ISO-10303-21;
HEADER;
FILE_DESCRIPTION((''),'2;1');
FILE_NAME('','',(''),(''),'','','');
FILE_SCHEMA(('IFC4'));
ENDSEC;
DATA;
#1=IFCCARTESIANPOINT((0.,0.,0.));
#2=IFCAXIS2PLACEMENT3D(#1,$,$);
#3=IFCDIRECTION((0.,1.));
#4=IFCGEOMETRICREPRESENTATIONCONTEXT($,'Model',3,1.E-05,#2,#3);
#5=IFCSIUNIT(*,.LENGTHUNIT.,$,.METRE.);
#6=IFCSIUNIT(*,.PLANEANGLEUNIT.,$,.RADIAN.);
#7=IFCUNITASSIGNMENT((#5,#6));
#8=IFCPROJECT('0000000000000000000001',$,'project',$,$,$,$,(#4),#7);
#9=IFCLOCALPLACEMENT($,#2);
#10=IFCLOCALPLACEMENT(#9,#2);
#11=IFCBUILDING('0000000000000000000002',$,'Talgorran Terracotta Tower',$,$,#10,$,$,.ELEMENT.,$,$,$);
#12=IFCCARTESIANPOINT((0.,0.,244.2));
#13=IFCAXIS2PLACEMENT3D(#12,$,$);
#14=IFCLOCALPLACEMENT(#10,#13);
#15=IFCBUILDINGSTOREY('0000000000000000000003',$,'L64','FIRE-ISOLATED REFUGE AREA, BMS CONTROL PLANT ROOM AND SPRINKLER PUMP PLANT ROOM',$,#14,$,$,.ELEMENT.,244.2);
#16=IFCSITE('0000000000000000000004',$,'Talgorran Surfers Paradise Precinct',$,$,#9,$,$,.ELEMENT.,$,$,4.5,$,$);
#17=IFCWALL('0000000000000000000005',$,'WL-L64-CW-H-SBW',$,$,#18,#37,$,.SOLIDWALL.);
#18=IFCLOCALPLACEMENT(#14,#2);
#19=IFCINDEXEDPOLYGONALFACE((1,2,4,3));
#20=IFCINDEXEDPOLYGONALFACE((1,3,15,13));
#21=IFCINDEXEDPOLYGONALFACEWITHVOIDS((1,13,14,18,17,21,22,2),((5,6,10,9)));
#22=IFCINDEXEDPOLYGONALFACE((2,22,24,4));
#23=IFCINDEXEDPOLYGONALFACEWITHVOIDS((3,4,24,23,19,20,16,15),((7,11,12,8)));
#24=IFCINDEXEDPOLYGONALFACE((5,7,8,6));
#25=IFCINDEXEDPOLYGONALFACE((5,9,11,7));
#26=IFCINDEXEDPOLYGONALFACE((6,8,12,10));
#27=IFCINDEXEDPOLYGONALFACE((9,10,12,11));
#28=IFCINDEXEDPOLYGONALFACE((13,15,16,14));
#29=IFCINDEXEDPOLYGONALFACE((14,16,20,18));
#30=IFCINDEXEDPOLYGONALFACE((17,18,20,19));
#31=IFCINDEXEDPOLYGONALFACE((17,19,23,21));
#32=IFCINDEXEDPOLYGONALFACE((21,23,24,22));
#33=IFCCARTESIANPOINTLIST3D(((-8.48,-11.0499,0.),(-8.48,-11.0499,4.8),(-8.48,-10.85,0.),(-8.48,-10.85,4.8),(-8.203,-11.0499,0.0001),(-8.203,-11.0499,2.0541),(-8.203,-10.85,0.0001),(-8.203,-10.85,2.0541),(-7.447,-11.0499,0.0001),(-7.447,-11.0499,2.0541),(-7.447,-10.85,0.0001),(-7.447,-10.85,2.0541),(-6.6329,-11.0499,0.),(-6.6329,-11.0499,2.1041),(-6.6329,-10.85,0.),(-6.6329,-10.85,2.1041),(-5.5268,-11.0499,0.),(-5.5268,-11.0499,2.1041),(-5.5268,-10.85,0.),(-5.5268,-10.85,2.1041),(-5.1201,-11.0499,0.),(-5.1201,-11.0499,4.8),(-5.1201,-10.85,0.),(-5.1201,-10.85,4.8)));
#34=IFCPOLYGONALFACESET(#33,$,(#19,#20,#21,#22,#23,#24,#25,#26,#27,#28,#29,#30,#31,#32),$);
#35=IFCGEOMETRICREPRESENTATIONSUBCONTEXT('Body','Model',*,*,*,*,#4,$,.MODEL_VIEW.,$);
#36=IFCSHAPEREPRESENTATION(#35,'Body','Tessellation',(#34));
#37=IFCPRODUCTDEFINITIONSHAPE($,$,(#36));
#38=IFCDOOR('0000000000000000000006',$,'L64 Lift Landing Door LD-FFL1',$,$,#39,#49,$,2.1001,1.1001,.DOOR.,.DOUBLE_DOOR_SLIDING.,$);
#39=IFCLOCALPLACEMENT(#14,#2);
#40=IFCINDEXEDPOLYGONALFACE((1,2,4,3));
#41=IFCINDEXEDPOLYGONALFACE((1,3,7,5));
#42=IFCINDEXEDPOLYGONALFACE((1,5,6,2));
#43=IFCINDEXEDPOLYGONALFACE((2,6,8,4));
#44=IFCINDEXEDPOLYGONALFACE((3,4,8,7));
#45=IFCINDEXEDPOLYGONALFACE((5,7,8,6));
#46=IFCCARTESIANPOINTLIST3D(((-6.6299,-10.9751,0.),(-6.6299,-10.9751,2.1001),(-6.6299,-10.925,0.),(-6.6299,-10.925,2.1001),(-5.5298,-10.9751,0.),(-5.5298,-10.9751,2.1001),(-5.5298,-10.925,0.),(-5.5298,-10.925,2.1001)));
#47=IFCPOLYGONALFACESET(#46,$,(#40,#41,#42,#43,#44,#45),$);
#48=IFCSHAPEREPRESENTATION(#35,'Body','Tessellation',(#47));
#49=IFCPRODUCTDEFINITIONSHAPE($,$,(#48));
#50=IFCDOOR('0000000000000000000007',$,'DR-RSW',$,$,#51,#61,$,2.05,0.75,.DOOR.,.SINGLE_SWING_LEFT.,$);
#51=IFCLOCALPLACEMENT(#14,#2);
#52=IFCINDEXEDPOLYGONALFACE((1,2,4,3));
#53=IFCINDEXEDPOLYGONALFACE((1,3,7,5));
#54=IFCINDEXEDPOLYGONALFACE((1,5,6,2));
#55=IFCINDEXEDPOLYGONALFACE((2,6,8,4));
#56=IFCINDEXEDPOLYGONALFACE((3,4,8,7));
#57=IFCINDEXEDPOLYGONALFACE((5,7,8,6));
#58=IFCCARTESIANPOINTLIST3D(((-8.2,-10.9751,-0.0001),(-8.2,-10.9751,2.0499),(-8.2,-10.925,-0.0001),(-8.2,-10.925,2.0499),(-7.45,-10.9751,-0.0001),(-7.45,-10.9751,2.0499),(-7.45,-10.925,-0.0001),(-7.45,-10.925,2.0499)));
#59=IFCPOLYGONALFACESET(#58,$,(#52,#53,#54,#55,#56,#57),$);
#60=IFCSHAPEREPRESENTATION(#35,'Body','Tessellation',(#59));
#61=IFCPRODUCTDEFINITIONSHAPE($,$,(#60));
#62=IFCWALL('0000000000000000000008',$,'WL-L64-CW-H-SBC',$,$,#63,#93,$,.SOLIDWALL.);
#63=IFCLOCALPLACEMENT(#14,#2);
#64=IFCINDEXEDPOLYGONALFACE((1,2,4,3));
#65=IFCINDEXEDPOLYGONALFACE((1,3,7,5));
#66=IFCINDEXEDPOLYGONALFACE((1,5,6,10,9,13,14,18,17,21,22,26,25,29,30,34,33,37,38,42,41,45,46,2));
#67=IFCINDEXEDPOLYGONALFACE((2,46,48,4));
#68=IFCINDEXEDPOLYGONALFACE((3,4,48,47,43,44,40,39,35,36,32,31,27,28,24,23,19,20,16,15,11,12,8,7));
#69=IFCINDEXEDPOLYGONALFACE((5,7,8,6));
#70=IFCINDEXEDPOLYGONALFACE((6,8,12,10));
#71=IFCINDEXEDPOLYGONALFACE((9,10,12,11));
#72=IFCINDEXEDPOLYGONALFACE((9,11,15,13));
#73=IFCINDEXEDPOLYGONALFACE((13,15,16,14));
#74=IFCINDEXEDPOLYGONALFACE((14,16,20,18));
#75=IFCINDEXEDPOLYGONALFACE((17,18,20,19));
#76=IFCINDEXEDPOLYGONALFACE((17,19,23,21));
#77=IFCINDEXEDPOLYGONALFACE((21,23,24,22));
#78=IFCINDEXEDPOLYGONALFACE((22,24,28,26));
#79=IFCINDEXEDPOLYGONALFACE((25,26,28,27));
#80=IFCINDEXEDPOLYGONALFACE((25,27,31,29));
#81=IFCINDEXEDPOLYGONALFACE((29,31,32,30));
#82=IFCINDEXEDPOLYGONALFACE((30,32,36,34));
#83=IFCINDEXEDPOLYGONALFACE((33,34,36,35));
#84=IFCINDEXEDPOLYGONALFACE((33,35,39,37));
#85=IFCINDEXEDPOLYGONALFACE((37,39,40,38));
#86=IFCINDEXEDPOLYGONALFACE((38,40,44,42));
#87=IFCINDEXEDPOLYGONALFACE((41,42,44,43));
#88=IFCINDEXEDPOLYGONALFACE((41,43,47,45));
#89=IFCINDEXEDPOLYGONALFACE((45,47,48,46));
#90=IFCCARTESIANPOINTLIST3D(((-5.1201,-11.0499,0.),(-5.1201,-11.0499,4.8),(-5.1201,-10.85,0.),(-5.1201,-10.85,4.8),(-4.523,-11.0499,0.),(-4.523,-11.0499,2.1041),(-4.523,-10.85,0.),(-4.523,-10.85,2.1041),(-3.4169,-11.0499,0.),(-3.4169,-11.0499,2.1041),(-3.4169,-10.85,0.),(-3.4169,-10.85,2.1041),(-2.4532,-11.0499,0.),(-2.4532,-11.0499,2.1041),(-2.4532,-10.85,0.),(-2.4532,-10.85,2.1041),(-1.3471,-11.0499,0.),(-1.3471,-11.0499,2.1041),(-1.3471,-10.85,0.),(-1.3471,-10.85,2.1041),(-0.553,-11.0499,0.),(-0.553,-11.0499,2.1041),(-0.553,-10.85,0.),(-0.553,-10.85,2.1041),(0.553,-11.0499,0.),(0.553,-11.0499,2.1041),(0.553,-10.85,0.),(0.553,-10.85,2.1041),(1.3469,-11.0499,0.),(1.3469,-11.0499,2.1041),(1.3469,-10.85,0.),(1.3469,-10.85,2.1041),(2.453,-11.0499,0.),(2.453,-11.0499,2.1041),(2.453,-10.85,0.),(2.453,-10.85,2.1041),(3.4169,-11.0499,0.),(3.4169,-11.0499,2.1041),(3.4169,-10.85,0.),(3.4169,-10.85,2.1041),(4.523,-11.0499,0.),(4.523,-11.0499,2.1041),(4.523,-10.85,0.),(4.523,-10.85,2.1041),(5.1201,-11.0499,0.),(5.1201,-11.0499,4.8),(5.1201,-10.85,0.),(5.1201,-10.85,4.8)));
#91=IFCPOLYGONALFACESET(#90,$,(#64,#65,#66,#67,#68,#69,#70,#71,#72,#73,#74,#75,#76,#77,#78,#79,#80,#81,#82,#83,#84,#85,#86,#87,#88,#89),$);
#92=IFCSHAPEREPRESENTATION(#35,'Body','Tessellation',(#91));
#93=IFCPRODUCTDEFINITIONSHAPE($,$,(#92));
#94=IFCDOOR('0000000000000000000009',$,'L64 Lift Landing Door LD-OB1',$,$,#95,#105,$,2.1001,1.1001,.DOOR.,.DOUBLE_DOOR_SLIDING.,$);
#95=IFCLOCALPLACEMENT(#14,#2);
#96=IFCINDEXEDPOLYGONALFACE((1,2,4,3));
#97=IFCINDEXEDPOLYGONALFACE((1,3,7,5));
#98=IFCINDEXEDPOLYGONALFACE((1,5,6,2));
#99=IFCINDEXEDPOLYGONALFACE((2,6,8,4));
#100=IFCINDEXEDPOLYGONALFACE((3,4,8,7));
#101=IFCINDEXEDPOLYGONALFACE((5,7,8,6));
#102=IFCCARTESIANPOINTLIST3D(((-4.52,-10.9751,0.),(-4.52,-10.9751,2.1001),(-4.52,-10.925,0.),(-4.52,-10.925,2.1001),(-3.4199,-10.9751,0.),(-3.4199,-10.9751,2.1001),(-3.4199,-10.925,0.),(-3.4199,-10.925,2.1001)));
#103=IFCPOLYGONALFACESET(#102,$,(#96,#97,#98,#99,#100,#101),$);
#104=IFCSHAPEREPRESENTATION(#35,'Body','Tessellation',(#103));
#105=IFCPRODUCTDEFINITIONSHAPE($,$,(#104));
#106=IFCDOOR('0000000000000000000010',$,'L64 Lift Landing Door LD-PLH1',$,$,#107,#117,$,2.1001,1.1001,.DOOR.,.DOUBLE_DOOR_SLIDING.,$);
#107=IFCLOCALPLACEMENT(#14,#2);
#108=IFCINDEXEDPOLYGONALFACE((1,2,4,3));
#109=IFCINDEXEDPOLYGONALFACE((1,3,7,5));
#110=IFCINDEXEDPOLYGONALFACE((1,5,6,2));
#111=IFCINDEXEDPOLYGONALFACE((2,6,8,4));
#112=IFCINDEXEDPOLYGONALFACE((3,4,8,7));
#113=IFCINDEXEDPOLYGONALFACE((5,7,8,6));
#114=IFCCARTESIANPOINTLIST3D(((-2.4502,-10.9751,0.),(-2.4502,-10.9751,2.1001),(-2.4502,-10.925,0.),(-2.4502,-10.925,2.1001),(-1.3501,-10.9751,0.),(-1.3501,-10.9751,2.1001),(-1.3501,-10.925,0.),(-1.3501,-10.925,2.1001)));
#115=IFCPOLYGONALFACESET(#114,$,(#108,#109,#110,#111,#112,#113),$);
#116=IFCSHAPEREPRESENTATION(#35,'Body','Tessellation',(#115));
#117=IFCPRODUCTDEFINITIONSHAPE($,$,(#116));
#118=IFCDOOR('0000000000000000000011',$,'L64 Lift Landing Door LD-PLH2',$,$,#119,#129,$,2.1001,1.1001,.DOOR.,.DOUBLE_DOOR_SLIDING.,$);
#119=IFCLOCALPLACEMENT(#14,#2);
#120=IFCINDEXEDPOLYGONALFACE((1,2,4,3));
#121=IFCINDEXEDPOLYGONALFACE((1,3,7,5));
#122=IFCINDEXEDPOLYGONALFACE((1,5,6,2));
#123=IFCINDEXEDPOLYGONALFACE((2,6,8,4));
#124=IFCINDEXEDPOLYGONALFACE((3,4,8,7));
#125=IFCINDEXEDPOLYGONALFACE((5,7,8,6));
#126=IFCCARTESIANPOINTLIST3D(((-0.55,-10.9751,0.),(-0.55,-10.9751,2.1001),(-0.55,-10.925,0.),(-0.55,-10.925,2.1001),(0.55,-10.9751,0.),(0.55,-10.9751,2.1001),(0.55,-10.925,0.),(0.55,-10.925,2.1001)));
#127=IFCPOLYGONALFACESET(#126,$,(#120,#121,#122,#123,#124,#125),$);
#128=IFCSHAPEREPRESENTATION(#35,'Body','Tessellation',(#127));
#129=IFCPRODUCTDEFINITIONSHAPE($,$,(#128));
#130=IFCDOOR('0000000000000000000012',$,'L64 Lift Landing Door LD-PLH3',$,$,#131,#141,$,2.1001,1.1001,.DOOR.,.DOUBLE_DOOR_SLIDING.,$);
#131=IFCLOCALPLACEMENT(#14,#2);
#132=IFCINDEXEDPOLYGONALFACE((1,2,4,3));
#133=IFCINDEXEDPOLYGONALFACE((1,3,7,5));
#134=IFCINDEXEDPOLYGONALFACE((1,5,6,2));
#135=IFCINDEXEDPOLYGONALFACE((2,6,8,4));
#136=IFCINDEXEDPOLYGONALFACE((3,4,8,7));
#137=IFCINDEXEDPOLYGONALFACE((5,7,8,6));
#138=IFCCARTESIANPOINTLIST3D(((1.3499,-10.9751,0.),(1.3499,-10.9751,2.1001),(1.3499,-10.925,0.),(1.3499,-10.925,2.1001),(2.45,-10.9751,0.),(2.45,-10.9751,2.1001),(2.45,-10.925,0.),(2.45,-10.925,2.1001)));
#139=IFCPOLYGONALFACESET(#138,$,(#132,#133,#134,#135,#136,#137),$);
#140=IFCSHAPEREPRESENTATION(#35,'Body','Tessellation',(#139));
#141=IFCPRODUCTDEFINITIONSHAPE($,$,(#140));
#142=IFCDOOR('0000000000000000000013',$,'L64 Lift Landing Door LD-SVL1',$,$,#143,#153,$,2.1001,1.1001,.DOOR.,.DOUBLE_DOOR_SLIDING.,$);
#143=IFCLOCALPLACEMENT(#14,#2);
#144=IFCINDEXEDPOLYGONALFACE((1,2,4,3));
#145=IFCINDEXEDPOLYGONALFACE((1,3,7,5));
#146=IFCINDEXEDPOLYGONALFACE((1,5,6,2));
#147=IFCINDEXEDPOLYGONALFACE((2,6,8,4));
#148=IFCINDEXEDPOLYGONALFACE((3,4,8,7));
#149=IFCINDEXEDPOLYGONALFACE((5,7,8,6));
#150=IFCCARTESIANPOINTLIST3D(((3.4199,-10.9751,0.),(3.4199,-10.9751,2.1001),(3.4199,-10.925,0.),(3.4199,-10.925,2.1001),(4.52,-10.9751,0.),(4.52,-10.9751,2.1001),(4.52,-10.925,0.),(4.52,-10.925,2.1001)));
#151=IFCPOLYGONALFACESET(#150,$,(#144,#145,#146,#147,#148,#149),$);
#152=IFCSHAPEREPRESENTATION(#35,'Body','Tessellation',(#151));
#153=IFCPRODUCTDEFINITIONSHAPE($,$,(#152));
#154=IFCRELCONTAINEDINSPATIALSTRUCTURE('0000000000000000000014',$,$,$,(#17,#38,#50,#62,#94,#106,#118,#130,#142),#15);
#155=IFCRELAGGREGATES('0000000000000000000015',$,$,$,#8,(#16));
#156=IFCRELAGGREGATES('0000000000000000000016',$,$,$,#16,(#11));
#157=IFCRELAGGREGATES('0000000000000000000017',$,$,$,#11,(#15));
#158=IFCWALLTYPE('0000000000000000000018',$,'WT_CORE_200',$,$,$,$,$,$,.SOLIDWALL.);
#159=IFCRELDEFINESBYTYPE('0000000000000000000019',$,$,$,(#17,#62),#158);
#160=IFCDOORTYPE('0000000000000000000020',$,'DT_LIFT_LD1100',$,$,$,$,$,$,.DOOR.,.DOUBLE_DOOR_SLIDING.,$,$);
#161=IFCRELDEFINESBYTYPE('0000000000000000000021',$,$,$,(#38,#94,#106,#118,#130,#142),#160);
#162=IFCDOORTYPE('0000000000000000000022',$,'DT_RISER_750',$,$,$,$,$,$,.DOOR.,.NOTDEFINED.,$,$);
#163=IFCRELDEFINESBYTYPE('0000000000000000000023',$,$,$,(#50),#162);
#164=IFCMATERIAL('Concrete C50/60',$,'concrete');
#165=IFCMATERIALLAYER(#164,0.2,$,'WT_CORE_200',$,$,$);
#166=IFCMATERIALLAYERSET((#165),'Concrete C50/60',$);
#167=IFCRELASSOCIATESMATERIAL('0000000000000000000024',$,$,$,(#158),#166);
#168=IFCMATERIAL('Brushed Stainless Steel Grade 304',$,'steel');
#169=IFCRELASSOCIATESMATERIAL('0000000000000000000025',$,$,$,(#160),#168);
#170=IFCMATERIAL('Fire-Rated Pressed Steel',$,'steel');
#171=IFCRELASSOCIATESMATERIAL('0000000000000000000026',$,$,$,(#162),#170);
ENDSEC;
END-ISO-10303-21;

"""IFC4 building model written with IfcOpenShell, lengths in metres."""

from ifc_helpers import new_model, si_unit, direction, frame, frame_2d, origin, place, context, subcontext, project, spatial, rectangle, extrude, material, layer, layer_set, type_object, element, fill, save


model = new_model("IFC4")

# Units and contexts
model_context = context("Model", 3, precision=1e-05, world=origin(), true_north=direction((0.0, 1.0)))
body_context = subcontext(model_context, "Body", "Model", "MODEL_VIEW")
ifc_project = project(units=[si_unit("LENGTHUNIT", "METRE"), si_unit("PLANEANGLEUNIT", "RADIAN")], contexts=[model_context])

# Site, building, storey
site_placement = place(None, origin())
site = spatial("IfcSite", under=ifc_project, at=site_placement, Name="Talgorran Surfers Paradise Precinct", CompositionType="ELEMENT", RefElevation=4.5)
building_placement = place(site_placement, origin())
building = spatial("IfcBuilding", under=site, at=building_placement, Name="Talgorran Terracotta Tower", CompositionType="ELEMENT")
storey_placement = place(building_placement, frame((0.0, 0.0, 244.2)))
storey = spatial("IfcBuildingStorey", under=building, at=storey_placement, Name="L64", Description="FIRE-ISOLATED REFUGE AREA, BMS CONTROL PLANT ROOM AND SPRINKLER PUMP PLANT ROOM", CompositionType="ELEMENT", Elevation=244.2)

# Shared definitions
ifc_material_1 = material(Name="Concrete C50/60", Category="concrete")

# Walls, openings, doors
ifc_layer_1 = layer(ifc_material_1, 0.2, Name="WT_CORE_200")
ifc_layer_set_1 = layer_set([ifc_layer_1], Name="Concrete C50/60")
wall_type_1 = type_object("IfcWallType", Name="WT_CORE_200", PredefinedType="SOLIDWALL", material=ifc_layer_set_1)
wall_1_placement = place(storey_placement, frame((-8.48, -10.95, 0.0), z_axis=(0.0, 0.0, 1.0), x_axis=(1.0, 0.0, 0.0)))
wall_1 = element("IfcWall", 1, at=wall_1_placement, inside=storey, type_object=wall_type_1, Name="WL-L64-CW-H-SBW", PredefinedType="SOLIDWALL", context=body_context, shape_type="SweptSolid", body=[
    extrude(rectangle(XDim=3.3599, YDim=0.2, at=frame_2d((1.6799, 0.0))), origin(), (0.0, 0.0, 1.0), 4.8),
])
opening_1_placement = place(wall_1_placement, frame((0.28, 0.0, 0.0)))
opening_1 = element("IfcOpeningElement", 2, at=opening_1_placement, cuts=wall_1, PredefinedType="OPENING", context=body_context, shape_type="SweptSolid", body=[
    extrude(rectangle(XDim=0.756, YDim=2.054, at=frame_2d((0.375, 1.0271))), frame((0.0, 0.1099, 0.0), z_axis=(0.0, -1.0, 0.0), x_axis=(1.0, 0.0, 0.0)), (0.0, 0.0, 1.0), 0.22),
])
opening_2_placement = place(wall_1_placement, frame((1.8501, 0.0, 0.0)))
opening_2 = element("IfcOpeningElement", 3, at=opening_2_placement, cuts=wall_1, PredefinedType="OPENING", context=body_context, shape_type="SweptSolid", body=[
    extrude(rectangle(XDim=1.1061, YDim=2.1041, at=frame_2d((0.55, 1.052))), frame((0.0, 0.1099, 0.0), z_axis=(0.0, -1.0, 0.0), x_axis=(1.0, 0.0, 0.0)), (0.0, 0.0, 1.0), 0.22),
])
ifc_material_2 = material(Name="Brushed Stainless Steel Grade 304", Category="steel")
door_type_1 = type_object("IfcDoorType", Name="DT_LIFT_LD1100", OperationType="DOUBLE_DOOR_SLIDING", PredefinedType="DOOR", material=ifc_material_2)
door_1_placement = place(opening_2_placement, origin())
door_1 = element("IfcDoor", 4, at=door_1_placement, inside=storey, type_object=door_type_1, Name="L64 Lift Landing Door LD-FFL1", OperationType="DOUBLE_DOOR_SLIDING", OverallHeight=2.1001, OverallWidth=1.1001, PredefinedType="DOOR", context=body_context, shape_type="SweptSolid", body=[
    extrude(rectangle(XDim=1.1001, YDim=2.1001, at=frame_2d((0.55, 1.05))), frame((0.0, 0.0249, 0.0), z_axis=(0.0, -1.0, 0.0), x_axis=(1.0, 0.0, 0.0)), (0.0, 0.0, 1.0), 0.05),
])
fill(opening_2, door_1)
ifc_material_3 = material(Name="Fire-Rated Pressed Steel", Category="steel")
door_type_2 = type_object("IfcDoorType", Name="DT_RISER_750", OperationType="NOTDEFINED", PredefinedType="DOOR", material=ifc_material_3)
door_2_placement = place(opening_1_placement, origin())
door_2 = element("IfcDoor", 5, at=door_2_placement, inside=storey, type_object=door_type_2, Name="DR-RSW", OperationType="SINGLE_SWING_LEFT", OverallHeight=2.05, OverallWidth=0.75, PredefinedType="DOOR", context=body_context, shape_type="SweptSolid", body=[
    extrude(rectangle(XDim=0.75, YDim=2.05, at=frame_2d((0.375, 1.0249))), frame((0.0, 0.0249, 0.0), z_axis=(0.0, -1.0, 0.0), x_axis=(1.0, 0.0, 0.0)), (0.0, 0.0, 1.0), 0.05),
])
fill(opening_1, door_2)
wall_2_placement = place(storey_placement, frame((-5.1201, -10.95, 0.0), z_axis=(0.0, 0.0, 1.0), x_axis=(1.0, 0.0, 0.0)))
wall_2 = element("IfcWall", 6, at=wall_2_placement, inside=storey, type_object=wall_type_1, Name="WL-L64-CW-H-SBC", PredefinedType="SOLIDWALL", context=body_context, shape_type="SweptSolid", body=[
    extrude(rectangle(XDim=10.2402, YDim=0.2, at=frame_2d((5.1201, 0.0))), origin(), (0.0, 0.0, 1.0), 4.8),
])
opening_3_placement = place(wall_2_placement, frame((0.6001, 0.0, 0.0)))
opening_3 = element("IfcOpeningElement", 7, at=opening_3_placement, cuts=wall_2, PredefinedType="OPENING", context=body_context, shape_type="SweptSolid", body=[
    extrude(rectangle(XDim=1.1061, YDim=2.1041, at=frame_2d((0.55, 1.052))), frame((0.0, 0.1099, 0.0), z_axis=(0.0, -1.0, 0.0), x_axis=(1.0, 0.0, 0.0)), (0.0, 0.0, 1.0), 0.22),
])
opening_4_placement = place(wall_2_placement, frame((2.6699, 0.0, 0.0)))
opening_4 = element("IfcOpeningElement", 8, at=opening_4_placement, cuts=wall_2, PredefinedType="OPENING", context=body_context, shape_type="SweptSolid", body=[
    extrude(rectangle(XDim=1.1061, YDim=2.1041, at=frame_2d((0.55, 1.052))), frame((0.0, 0.1099, 0.0), z_axis=(0.0, -1.0, 0.0), x_axis=(1.0, 0.0, 0.0)), (0.0, 0.0, 1.0), 0.22),
])
opening_5_placement = place(wall_2_placement, frame((4.5701, 0.0, 0.0)))
opening_5 = element("IfcOpeningElement", 9, at=opening_5_placement, cuts=wall_2, PredefinedType="OPENING", context=body_context, shape_type="SweptSolid", body=[
    extrude(rectangle(XDim=1.1061, YDim=2.1041, at=frame_2d((0.55, 1.052))), frame((0.0, 0.1099, 0.0), z_axis=(0.0, -1.0, 0.0), x_axis=(1.0, 0.0, 0.0)), (0.0, 0.0, 1.0), 0.22),
])
opening_6_placement = place(wall_2_placement, frame((6.47, 0.0, 0.0)))
opening_6 = element("IfcOpeningElement", 10, at=opening_6_placement, cuts=wall_2, PredefinedType="OPENING", context=body_context, shape_type="SweptSolid", body=[
    extrude(rectangle(XDim=1.1061, YDim=2.1041, at=frame_2d((0.55, 1.052))), frame((0.0, 0.1099, 0.0), z_axis=(0.0, -1.0, 0.0), x_axis=(1.0, 0.0, 0.0)), (0.0, 0.0, 1.0), 0.22),
])
opening_7_placement = place(wall_2_placement, frame((8.54, 0.0, 0.0)))
opening_7 = element("IfcOpeningElement", 11, at=opening_7_placement, cuts=wall_2, PredefinedType="OPENING", context=body_context, shape_type="SweptSolid", body=[
    extrude(rectangle(XDim=1.1061, YDim=2.1041, at=frame_2d((0.55, 1.052))), frame((0.0, 0.1099, 0.0), z_axis=(0.0, -1.0, 0.0), x_axis=(1.0, 0.0, 0.0)), (0.0, 0.0, 1.0), 0.22),
])
door_3_placement = place(opening_3_placement, origin())
door_3 = element("IfcDoor", 12, at=door_3_placement, inside=storey, type_object=door_type_1, Name="L64 Lift Landing Door LD-OB1", OperationType="DOUBLE_DOOR_SLIDING", OverallHeight=2.1001, OverallWidth=1.1001, PredefinedType="DOOR", context=body_context, shape_type="SweptSolid", body=[
    extrude(rectangle(XDim=1.1001, YDim=2.1001, at=frame_2d((0.55, 1.05))), frame((0.0, 0.0249, 0.0), z_axis=(0.0, -1.0, 0.0), x_axis=(1.0, 0.0, 0.0)), (0.0, 0.0, 1.0), 0.05),
])
fill(opening_3, door_3)
door_4_placement = place(opening_4_placement, origin())
door_4 = element("IfcDoor", 13, at=door_4_placement, inside=storey, type_object=door_type_1, Name="L64 Lift Landing Door LD-PLH1", OperationType="DOUBLE_DOOR_SLIDING", OverallHeight=2.1001, OverallWidth=1.1001, PredefinedType="DOOR", context=body_context, shape_type="SweptSolid", body=[
    extrude(rectangle(XDim=1.1001, YDim=2.1001, at=frame_2d((0.55, 1.05))), frame((0.0, 0.0249, 0.0), z_axis=(0.0, -1.0, 0.0), x_axis=(1.0, 0.0, 0.0)), (0.0, 0.0, 1.0), 0.05),
])
fill(opening_4, door_4)
door_5_placement = place(opening_5_placement, origin())
door_5 = element("IfcDoor", 14, at=door_5_placement, inside=storey, type_object=door_type_1, Name="L64 Lift Landing Door LD-PLH2", OperationType="DOUBLE_DOOR_SLIDING", OverallHeight=2.1001, OverallWidth=1.1001, PredefinedType="DOOR", context=body_context, shape_type="SweptSolid", body=[
    extrude(rectangle(XDim=1.1001, YDim=2.1001, at=frame_2d((0.55, 1.05))), frame((0.0, 0.0249, 0.0), z_axis=(0.0, -1.0, 0.0), x_axis=(1.0, 0.0, 0.0)), (0.0, 0.0, 1.0), 0.05),
])
fill(opening_5, door_5)
door_6_placement = place(opening_6_placement, origin())
door_6 = element("IfcDoor", 15, at=door_6_placement, inside=storey, type_object=door_type_1, Name="L64 Lift Landing Door LD-PLH3", OperationType="DOUBLE_DOOR_SLIDING", OverallHeight=2.1001, OverallWidth=1.1001, PredefinedType="DOOR", context=body_context, shape_type="SweptSolid", body=[
    extrude(rectangle(XDim=1.1001, YDim=2.1001, at=frame_2d((0.55, 1.05))), frame((0.0, 0.0249, 0.0), z_axis=(0.0, -1.0, 0.0), x_axis=(1.0, 0.0, 0.0)), (0.0, 0.0, 1.0), 0.05),
])
fill(opening_6, door_6)
door_7_placement = place(opening_7_placement, origin())
door_7 = element("IfcDoor", 16, at=door_7_placement, inside=storey, type_object=door_type_1, Name="L64 Lift Landing Door LD-SVL1", OperationType="DOUBLE_DOOR_SLIDING", OverallHeight=2.1001, OverallWidth=1.1001, PredefinedType="DOOR", context=body_context, shape_type="SweptSolid", body=[
    extrude(rectangle(XDim=1.1001, YDim=2.1001, at=frame_2d((0.55, 1.05))), frame((0.0, 0.0249, 0.0), z_axis=(0.0, -1.0, 0.0), x_axis=(1.0, 0.0, 0.0)), (0.0, 0.0, 1.0), 0.05),
])
fill(opening_7, door_7)

save(model, "model.ifc")
